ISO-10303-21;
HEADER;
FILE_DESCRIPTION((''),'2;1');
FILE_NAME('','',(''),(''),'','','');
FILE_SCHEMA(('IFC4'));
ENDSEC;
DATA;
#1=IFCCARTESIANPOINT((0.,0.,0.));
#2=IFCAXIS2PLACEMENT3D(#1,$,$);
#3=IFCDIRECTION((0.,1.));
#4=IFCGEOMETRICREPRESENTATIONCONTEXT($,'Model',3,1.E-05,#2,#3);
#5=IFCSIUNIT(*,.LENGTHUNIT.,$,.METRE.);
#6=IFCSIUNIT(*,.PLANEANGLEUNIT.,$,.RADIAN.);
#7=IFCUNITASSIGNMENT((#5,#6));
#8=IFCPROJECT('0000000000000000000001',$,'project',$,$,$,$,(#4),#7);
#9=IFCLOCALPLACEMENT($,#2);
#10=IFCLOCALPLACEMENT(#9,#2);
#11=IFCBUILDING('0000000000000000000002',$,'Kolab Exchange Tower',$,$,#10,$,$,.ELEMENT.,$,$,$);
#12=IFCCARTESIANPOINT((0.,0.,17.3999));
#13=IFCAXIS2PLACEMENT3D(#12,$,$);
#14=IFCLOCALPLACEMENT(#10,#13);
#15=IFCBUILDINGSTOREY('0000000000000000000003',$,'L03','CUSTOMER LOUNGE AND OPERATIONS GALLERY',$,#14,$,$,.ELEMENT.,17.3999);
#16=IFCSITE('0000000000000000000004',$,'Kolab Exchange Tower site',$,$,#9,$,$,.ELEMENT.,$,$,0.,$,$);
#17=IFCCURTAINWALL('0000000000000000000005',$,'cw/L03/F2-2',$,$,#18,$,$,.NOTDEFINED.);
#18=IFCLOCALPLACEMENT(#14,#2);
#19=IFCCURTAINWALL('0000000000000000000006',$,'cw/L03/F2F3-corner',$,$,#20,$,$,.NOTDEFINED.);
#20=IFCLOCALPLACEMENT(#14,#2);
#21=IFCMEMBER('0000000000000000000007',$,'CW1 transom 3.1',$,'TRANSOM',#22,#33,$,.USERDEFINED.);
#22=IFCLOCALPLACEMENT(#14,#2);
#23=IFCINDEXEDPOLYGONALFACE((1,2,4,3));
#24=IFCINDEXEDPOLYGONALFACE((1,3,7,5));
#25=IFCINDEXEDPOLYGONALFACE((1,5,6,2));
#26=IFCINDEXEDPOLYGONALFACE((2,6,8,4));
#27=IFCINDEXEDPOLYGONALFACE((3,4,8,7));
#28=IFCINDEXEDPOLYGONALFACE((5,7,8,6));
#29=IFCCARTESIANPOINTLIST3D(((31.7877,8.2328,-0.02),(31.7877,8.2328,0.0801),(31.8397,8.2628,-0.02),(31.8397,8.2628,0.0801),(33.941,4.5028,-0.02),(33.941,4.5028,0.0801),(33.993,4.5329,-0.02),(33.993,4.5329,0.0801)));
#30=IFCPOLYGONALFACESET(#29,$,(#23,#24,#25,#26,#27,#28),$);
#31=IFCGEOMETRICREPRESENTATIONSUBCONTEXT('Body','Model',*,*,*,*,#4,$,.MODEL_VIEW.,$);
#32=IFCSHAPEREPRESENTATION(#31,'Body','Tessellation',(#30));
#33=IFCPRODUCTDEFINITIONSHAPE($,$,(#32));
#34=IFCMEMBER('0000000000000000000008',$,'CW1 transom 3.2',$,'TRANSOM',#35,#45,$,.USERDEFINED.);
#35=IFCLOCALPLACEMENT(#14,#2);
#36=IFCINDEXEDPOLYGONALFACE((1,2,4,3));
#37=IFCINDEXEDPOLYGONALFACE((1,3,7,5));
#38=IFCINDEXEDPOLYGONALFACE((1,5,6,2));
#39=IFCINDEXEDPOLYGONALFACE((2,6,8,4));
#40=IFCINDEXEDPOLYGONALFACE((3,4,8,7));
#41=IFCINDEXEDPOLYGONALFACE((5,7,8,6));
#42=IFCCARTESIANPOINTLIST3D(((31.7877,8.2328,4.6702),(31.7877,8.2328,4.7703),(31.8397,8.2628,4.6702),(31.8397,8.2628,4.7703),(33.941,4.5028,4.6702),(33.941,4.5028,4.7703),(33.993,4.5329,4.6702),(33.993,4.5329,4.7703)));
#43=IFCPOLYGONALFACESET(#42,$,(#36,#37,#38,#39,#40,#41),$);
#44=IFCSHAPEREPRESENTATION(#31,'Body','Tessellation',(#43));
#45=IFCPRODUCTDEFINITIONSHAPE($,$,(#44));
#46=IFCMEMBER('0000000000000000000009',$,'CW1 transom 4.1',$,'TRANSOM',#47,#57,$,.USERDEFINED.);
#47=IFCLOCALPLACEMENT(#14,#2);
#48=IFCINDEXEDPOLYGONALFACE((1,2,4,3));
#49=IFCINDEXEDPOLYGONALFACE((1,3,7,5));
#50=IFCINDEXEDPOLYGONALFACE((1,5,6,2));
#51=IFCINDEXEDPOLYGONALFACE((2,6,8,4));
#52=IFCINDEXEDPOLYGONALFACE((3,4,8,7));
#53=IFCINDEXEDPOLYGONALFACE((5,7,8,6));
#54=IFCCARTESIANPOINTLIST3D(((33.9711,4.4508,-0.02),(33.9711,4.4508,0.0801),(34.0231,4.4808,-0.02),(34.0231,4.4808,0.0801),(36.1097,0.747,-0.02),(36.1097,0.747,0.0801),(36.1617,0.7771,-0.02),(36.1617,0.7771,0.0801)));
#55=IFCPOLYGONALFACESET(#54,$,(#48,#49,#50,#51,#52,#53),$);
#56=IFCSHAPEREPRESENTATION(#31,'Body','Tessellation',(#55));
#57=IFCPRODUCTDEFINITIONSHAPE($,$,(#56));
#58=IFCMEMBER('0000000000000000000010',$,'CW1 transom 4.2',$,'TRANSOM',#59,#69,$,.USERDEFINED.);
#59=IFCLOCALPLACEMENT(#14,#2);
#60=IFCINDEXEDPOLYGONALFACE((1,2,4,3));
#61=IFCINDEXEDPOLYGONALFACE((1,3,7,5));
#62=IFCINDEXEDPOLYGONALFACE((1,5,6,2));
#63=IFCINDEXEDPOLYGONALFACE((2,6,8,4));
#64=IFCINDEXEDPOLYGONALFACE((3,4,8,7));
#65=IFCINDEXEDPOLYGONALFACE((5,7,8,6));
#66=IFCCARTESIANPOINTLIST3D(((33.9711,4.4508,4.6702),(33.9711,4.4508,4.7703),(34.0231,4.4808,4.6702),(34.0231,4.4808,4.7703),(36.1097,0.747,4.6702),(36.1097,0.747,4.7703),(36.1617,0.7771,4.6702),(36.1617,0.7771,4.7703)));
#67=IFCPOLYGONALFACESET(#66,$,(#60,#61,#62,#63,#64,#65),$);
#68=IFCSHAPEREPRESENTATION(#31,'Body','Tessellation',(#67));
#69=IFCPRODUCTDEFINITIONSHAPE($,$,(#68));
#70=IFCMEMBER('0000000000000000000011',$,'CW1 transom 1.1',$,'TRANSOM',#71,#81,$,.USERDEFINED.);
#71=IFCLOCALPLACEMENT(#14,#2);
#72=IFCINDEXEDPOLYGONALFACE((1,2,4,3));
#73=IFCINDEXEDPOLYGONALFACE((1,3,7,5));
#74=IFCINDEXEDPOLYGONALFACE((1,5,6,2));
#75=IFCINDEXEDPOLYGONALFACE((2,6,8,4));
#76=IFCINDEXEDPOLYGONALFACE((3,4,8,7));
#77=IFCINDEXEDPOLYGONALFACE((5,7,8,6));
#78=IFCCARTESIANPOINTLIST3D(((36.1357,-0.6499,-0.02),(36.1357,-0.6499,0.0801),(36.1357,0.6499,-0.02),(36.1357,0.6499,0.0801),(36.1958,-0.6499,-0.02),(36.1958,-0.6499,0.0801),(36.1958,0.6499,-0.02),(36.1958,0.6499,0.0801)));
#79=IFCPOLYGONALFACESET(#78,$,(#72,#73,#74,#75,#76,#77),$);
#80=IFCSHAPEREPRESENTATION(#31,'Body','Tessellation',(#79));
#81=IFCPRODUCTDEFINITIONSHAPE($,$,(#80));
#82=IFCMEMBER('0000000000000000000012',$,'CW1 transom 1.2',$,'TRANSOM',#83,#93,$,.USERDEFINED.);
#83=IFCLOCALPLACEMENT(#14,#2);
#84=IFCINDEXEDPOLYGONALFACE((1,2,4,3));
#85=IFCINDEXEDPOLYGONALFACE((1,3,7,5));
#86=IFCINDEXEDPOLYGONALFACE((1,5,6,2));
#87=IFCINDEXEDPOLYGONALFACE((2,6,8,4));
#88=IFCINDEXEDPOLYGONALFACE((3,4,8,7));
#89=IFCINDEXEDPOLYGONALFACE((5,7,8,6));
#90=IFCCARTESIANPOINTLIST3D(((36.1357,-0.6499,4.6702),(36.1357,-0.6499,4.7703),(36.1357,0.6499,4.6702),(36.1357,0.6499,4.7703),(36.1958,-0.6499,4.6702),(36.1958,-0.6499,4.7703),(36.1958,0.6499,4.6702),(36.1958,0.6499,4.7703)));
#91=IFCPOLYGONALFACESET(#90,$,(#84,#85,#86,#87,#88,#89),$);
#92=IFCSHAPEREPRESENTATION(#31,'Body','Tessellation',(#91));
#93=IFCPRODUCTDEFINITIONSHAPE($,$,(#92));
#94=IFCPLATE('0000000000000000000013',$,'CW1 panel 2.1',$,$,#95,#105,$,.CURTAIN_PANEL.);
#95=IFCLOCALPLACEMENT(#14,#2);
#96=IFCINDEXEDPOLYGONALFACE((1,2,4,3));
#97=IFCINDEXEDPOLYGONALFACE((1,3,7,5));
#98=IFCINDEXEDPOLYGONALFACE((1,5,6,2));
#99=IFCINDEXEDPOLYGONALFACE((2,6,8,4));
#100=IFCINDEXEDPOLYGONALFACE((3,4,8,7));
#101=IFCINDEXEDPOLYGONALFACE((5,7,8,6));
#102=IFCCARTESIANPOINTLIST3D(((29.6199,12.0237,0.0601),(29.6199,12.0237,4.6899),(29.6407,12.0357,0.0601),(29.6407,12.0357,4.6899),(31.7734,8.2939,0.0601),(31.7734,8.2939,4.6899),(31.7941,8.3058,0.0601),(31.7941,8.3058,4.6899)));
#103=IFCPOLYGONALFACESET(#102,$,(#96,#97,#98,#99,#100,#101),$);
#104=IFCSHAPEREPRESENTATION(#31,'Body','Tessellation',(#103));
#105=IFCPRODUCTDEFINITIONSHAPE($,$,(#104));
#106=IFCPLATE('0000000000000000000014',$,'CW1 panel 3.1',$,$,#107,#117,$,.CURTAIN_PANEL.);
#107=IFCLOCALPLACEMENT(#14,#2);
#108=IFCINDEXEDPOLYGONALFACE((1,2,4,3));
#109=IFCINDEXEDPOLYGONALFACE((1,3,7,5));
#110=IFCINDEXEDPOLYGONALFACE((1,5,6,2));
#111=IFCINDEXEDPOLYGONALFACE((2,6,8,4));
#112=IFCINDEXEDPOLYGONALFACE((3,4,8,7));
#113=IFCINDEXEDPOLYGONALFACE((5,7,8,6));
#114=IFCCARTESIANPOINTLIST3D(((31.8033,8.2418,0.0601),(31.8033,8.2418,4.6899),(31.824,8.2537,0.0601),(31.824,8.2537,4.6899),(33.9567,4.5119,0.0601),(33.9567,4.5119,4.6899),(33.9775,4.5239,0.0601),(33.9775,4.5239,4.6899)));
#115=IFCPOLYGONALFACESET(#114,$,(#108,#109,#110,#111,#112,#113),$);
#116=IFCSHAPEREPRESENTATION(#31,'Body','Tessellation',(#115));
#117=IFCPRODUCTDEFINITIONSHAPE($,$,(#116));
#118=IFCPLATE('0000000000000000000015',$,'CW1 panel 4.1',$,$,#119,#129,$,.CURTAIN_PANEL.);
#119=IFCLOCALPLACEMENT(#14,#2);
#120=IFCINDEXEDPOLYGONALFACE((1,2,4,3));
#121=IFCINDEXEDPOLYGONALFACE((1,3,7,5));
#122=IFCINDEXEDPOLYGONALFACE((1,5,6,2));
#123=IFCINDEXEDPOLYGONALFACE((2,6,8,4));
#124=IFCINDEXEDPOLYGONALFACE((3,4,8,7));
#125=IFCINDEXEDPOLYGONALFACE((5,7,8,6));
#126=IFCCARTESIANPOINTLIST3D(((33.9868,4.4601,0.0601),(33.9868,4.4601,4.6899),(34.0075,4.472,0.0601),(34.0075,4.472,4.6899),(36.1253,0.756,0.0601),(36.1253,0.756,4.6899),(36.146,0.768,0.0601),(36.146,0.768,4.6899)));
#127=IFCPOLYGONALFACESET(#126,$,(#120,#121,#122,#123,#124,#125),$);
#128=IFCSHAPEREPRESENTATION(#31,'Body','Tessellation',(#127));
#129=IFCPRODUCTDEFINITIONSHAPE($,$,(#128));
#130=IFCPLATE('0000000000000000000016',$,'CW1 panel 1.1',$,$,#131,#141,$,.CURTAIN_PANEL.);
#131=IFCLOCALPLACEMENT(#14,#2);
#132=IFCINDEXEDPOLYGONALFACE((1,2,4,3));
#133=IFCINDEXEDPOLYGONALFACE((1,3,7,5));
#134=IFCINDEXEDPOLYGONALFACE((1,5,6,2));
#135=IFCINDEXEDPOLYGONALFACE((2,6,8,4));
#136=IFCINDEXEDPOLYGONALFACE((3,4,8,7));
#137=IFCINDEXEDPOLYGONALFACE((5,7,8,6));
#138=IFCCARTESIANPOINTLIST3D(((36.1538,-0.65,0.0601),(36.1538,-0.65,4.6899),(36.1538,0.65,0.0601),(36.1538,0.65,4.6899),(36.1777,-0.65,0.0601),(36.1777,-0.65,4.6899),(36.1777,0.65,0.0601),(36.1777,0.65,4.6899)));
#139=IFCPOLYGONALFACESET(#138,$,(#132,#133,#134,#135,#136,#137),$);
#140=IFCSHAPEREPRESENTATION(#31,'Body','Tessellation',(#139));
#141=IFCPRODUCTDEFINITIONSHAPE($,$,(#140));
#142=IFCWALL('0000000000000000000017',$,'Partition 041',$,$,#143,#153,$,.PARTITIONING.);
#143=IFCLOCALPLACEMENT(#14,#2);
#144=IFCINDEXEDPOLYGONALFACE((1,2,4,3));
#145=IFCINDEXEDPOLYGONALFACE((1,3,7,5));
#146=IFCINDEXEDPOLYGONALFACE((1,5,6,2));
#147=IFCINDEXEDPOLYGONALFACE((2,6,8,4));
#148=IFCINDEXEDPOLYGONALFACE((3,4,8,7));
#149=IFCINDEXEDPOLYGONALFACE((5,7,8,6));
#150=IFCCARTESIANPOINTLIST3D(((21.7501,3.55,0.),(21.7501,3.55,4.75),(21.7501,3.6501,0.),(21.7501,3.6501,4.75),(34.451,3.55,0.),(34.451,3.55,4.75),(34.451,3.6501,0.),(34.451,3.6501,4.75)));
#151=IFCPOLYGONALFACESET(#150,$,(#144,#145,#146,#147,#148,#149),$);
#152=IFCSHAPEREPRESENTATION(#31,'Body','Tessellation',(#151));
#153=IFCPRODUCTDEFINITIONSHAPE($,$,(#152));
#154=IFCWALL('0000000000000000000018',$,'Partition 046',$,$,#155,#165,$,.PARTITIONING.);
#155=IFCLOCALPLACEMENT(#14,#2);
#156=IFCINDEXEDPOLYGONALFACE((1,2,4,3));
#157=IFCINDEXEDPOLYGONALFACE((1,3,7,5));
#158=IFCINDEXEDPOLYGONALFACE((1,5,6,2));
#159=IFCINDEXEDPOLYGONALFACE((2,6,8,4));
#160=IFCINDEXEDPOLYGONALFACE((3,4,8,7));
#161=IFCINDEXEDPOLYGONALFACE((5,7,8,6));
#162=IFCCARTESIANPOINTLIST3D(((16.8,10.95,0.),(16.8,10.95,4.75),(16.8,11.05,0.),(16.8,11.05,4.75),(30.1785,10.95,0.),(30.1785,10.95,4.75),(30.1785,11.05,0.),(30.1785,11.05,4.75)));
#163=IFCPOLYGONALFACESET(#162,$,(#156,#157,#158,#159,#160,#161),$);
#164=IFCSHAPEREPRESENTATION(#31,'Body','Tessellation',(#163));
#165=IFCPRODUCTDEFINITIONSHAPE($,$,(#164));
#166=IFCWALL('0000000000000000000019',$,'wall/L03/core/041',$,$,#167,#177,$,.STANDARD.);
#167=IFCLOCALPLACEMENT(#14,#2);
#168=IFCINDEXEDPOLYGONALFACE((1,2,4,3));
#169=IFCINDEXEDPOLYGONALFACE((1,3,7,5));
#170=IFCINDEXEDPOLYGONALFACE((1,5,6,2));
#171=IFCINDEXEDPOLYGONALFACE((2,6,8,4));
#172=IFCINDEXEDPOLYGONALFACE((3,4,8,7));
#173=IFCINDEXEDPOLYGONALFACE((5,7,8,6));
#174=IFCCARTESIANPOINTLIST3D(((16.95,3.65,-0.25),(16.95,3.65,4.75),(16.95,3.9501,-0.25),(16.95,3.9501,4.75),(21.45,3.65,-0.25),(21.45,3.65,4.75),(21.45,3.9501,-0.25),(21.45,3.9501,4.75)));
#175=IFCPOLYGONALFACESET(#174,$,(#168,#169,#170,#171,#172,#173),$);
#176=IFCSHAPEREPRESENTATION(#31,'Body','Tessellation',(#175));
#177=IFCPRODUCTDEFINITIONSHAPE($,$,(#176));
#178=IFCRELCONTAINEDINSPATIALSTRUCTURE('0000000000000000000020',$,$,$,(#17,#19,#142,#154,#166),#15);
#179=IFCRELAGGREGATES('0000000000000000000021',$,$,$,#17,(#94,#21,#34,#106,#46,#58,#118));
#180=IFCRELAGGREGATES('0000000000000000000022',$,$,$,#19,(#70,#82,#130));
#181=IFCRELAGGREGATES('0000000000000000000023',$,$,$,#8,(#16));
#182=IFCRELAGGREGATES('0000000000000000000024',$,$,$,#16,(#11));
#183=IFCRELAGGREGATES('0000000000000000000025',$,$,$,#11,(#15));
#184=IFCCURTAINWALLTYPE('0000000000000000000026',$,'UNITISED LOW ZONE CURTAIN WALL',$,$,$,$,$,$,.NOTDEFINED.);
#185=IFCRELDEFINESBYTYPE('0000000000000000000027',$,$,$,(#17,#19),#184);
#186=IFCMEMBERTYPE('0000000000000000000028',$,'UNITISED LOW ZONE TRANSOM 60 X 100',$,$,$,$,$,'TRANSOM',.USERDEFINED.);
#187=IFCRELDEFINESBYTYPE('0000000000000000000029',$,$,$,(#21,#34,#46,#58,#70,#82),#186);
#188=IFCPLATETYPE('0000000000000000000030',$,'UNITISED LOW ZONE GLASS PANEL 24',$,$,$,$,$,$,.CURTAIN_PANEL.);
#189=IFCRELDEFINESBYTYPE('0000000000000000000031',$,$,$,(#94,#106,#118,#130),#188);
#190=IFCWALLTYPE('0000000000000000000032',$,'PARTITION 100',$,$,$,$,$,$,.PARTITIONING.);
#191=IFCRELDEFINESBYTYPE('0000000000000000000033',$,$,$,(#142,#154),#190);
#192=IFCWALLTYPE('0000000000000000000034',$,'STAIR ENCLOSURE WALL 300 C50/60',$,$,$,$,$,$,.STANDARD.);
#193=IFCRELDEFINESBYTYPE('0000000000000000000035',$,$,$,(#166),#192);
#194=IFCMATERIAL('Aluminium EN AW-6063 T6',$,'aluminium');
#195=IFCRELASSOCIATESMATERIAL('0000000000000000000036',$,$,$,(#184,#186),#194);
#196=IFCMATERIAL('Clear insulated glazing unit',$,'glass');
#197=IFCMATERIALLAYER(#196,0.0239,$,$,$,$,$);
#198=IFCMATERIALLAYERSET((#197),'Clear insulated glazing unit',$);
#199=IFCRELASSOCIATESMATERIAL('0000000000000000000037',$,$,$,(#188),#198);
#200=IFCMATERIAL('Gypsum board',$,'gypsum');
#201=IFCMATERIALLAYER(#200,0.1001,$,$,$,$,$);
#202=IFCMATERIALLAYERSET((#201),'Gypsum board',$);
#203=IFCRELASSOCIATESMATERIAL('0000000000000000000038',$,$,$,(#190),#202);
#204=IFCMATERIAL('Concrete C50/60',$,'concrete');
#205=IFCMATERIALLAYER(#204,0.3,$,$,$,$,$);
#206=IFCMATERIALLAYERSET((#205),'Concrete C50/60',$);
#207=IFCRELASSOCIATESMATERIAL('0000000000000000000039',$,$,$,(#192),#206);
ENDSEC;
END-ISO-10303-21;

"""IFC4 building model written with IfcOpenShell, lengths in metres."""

from ifc_helpers import new_model, si_unit, direction, frame, frame_2d, origin, origin_2d, place, context, subcontext, project, spatial, rectangle, extrude, material, layer, layer_set, material_profile, profile_set, type_object, element, aggregate, save


model = new_model("IFC4")

# Units and contexts
model_context = context("Model", 3, precision=1e-05, world=origin(), true_north=direction((0.0, 1.0)))
body_context = subcontext(model_context, "Body", "Model", "MODEL_VIEW")
ifc_project = project(units=[si_unit("LENGTHUNIT", "METRE"), si_unit("PLANEANGLEUNIT", "RADIAN")], contexts=[model_context])

# Site, building, storey
site_placement = place(None, origin())
site = spatial("IfcSite", under=ifc_project, at=site_placement, Name="Kolab Exchange Tower site", CompositionType="ELEMENT", RefElevation=0.0)
building_placement = place(site_placement, origin())
building = spatial("IfcBuilding", under=site, at=building_placement, Name="Kolab Exchange Tower", CompositionType="ELEMENT")
storey_placement = place(building_placement, frame((0.0, 0.0, 17.3999)))
storey = spatial("IfcBuildingStorey", under=building, at=storey_placement, Name="L03", Description="CUSTOMER LOUNGE AND OPERATIONS GALLERY", CompositionType="ELEMENT", Elevation=17.3999)

# Curtain wall
ifc_material_1 = material(Name="Aluminium EN AW-6063 T6", Category="aluminium")
curtain_wall_type = type_object("IfcCurtainWallType", Name="UNITISED LOW ZONE CURTAIN WALL", PredefinedType="NOTDEFINED", material=ifc_material_1)
curtain_wall_1_placement = place(storey_placement, origin())
curtain_wall_1 = element("IfcCurtainWall", 1, at=curtain_wall_1_placement, inside=storey, type_object=curtain_wall_type, Name="cw/L03/F2-2", PredefinedType="NOTDEFINED")

# Curtain wall
curtain_wall_2_placement = place(storey_placement, origin())
curtain_wall_2 = element("IfcCurtainWall", 2, at=curtain_wall_2_placement, inside=storey, type_object=curtain_wall_type, Name="cw/L03/F2F3-corner", PredefinedType="NOTDEFINED")

# Members
ifc_material_profile_1 = material_profile(ifc_material_1, rectangle(XDim=0.0601, YDim=0.1001, at=origin_2d()), Name="RECT 60X100")
ifc_profile_set_1 = profile_set([ifc_material_profile_1], Name="Aluminium EN AW-6063 T6")
member_type_1 = type_object("IfcMemberType", Name="UNITISED LOW ZONE TRANSOM 60 X 100", ElementType="TRANSOM", PredefinedType="USERDEFINED", material=ifc_profile_set_1)
member_1_placement = place(storey_placement, frame((31.8137, 8.2478, 0.03), z_axis=(0.499968, -0.866044, 0.0), x_axis=(0.866044, 0.499968, 0.0)))
member_1 = element("IfcMember", 3, at=member_1_placement, type_object=member_type_1, Name="CW1 transom 3.1", ObjectType="TRANSOM", PredefinedType="USERDEFINED", context=body_context, shape_type="SweptSolid", body=[
    extrude(rectangle(XDim=0.0601, YDim=0.1001, at=origin_2d()), origin(), (0.0, 0.0, 1.0), 4.3069),
])
member_2_placement = place(storey_placement, frame((31.8137, 8.2478, 4.7202), z_axis=(0.499968, -0.866044, 0.0), x_axis=(0.866044, 0.499968, 0.0)))
member_2 = element("IfcMember", 4, at=member_2_placement, type_object=member_type_1, Name="CW1 transom 3.2", ObjectType="TRANSOM", PredefinedType="USERDEFINED", context=body_context, shape_type="SweptSolid", body=[
    extrude(rectangle(XDim=0.0601, YDim=0.1001, at=origin_2d()), origin(), (0.0, 0.0, 1.0), 4.3069),
])
member_3_placement = place(storey_placement, frame((33.9971, 4.4658, 0.03), z_axis=(0.500044, -0.866, 0.0), x_axis=(0.866, 0.500044, 0.0)))
member_3 = element("IfcMember", 5, at=member_3_placement, type_object=member_type_1, Name="CW1 transom 4.1", ObjectType="TRANSOM", PredefinedType="USERDEFINED", context=body_context, shape_type="SweptSolid", body=[
    extrude(rectangle(XDim=0.0601, YDim=0.1001, at=origin_2d()), origin(), (0.0, 0.0, 1.0), 4.2769),
])
member_4_placement = place(storey_placement, frame((33.9971, 4.4658, 4.7202), z_axis=(0.500044, -0.866, 0.0), x_axis=(0.866, 0.500044, 0.0)))
member_4 = element("IfcMember", 6, at=member_4_placement, type_object=member_type_1, Name="CW1 transom 4.2", ObjectType="TRANSOM", PredefinedType="USERDEFINED", context=body_context, shape_type="SweptSolid", body=[
    extrude(rectangle(XDim=0.0601, YDim=0.1001, at=origin_2d()), origin(), (0.0, 0.0, 1.0), 4.2769),
])
member_5_placement = place(storey_placement, frame((36.1658, 0.6499, 0.03), z_axis=(0.0, -1.0, 0.0), x_axis=(1.0, 0.0, 0.0)))
member_5 = element("IfcMember", 7, at=member_5_placement, type_object=member_type_1, Name="CW1 transom 1.1", ObjectType="TRANSOM", PredefinedType="USERDEFINED", context=body_context, shape_type="SweptSolid", body=[
    extrude(rectangle(XDim=0.0601, YDim=0.1001, at=origin_2d()), origin(), (0.0, 0.0, 1.0), 1.2998),
])
member_6_placement = place(storey_placement, frame((36.1658, 0.6499, 4.7202), z_axis=(0.0, -1.0, 0.0), x_axis=(1.0, 0.0, 0.0)))
member_6 = element("IfcMember", 8, at=member_6_placement, type_object=member_type_1, Name="CW1 transom 1.2", ObjectType="TRANSOM", PredefinedType="USERDEFINED", context=body_context, shape_type="SweptSolid", body=[
    extrude(rectangle(XDim=0.0601, YDim=0.1001, at=origin_2d()), origin(), (0.0, 0.0, 1.0), 1.2998),
])

# Plates
ifc_material_2 = material(Name="Clear insulated glazing unit", Category="glass")
ifc_layer_1 = layer(ifc_material_2, 0.0239)
ifc_layer_set_1 = layer_set([ifc_layer_1], Name="Clear insulated glazing unit")
plate_type = type_object("IfcPlateType", Name="UNITISED LOW ZONE GLASS PANEL 24", PredefinedType="CURTAIN_PANEL", material=ifc_layer_set_1)
plate_1_placement = place(storey_placement, frame((30.707, 10.1648, 0.0601), z_axis=(0.0, 0.0, 1.0), x_axis=(0.5, -0.866025, 0.0)))
plate_1 = element("IfcPlate", 9, at=plate_1_placement, type_object=plate_type, Name="CW1 panel 2.1", PredefinedType="CURTAIN_PANEL", context=body_context, shape_type="SweptSolid", body=[
    extrude(rectangle(XDim=4.3069, YDim=0.0239, at=origin_2d()), origin(), (0.0, 0.0, 1.0), 4.6299),
])
plate_2_placement = place(storey_placement, frame((32.8904, 6.3828, 0.0601), z_axis=(0.0, 0.0, 1.0), x_axis=(0.5, -0.866025, 0.0)))
plate_2 = element("IfcPlate", 10, at=plate_2_placement, type_object=plate_type, Name="CW1 panel 3.1", PredefinedType="CURTAIN_PANEL", context=body_context, shape_type="SweptSolid", body=[
    extrude(rectangle(XDim=4.3069, YDim=0.0239, at=origin_2d()), origin(), (0.0, 0.0, 1.0), 4.6299),
])
plate_3_placement = place(storey_placement, frame((35.0664, 2.614, 0.0601), z_axis=(0.0, 0.0, 1.0), x_axis=(0.5, -0.866025, 0.0)))
plate_3 = element("IfcPlate", 11, at=plate_3_placement, type_object=plate_type, Name="CW1 panel 4.1", PredefinedType="CURTAIN_PANEL", context=body_context, shape_type="SweptSolid", body=[
    extrude(rectangle(XDim=4.2771, YDim=0.0239, at=origin_2d()), origin(), (0.0, 0.0, 1.0), 4.6299),
])
aggregate(curtain_wall_1, [plate_1, member_1, member_2, plate_2, member_3, member_4, plate_3])
plate_4_placement = place(storey_placement, frame((36.1658, 0.0, 0.0601), z_axis=(0.0, 0.0, 1.0), x_axis=(0.0, -1.0, 0.0)))
plate_4 = element("IfcPlate", 12, at=plate_4_placement, type_object=plate_type, Name="CW1 panel 1.1", PredefinedType="CURTAIN_PANEL", context=body_context, shape_type="SweptSolid", body=[
    extrude(rectangle(XDim=1.3, YDim=0.0239, at=origin_2d()), origin(), (0.0, 0.0, 1.0), 4.6299),
])
aggregate(curtain_wall_2, [member_5, member_6, plate_4])

# Walls
ifc_material_3 = material(Name="Gypsum board", Category="gypsum")
ifc_layer_2 = layer(ifc_material_3, 0.1001)
ifc_layer_set_2 = layer_set([ifc_layer_2], Name="Gypsum board")
wall_type_1 = type_object("IfcWallType", Name="PARTITION 100", PredefinedType="PARTITIONING", material=ifc_layer_set_2)
wall_1_placement = place(storey_placement, frame((21.75, 3.6001, 0.0), z_axis=(0.0, 0.0, 1.0), x_axis=(1.0, 0.0, 0.0)))
element("IfcWall", 13, at=wall_1_placement, inside=storey, type_object=wall_type_1, Name="Partition 041", PredefinedType="PARTITIONING", context=body_context, shape_type="SweptSolid", body=[
    extrude(rectangle(XDim=12.7009, YDim=0.1001, at=frame_2d((6.3506, 0.0))), origin(), (0.0, 0.0, 1.0), 4.75),
])
wall_2_placement = place(storey_placement, frame((16.8, 11.0, 0.0), z_axis=(0.0, 0.0, 1.0), x_axis=(1.0, 0.0, 0.0)))
element("IfcWall", 14, at=wall_2_placement, inside=storey, type_object=wall_type_1, Name="Partition 046", PredefinedType="PARTITIONING", context=body_context, shape_type="SweptSolid", body=[
    extrude(rectangle(XDim=13.3784, YDim=0.1001, at=frame_2d((6.6892, 0.0))), origin(), (0.0, 0.0, 1.0), 4.75),
])
ifc_material_4 = material(Name="Concrete C50/60", Category="concrete")
ifc_layer_3 = layer(ifc_material_4, 0.3)
ifc_layer_set_3 = layer_set([ifc_layer_3], Name="Concrete C50/60")
wall_type_2 = type_object("IfcWallType", Name="STAIR ENCLOSURE WALL 300 C50/60", PredefinedType="STANDARD", material=ifc_layer_set_3)
wall_3_placement = place(storey_placement, frame((16.95, 3.8, -0.25), z_axis=(0.0, 0.0, 1.0), x_axis=(1.0, 0.0, 0.0)))
element("IfcWall", 15, at=wall_3_placement, inside=storey, type_object=wall_type_2, Name="wall/L03/core/041", PredefinedType="STANDARD", context=body_context, shape_type="SweptSolid", body=[
    extrude(rectangle(XDim=4.5, YDim=0.3, at=frame_2d((2.25, 0.0))), origin(), (0.0, 0.0, 1.0), 5.0),
])

save(model, "model.ifc")
